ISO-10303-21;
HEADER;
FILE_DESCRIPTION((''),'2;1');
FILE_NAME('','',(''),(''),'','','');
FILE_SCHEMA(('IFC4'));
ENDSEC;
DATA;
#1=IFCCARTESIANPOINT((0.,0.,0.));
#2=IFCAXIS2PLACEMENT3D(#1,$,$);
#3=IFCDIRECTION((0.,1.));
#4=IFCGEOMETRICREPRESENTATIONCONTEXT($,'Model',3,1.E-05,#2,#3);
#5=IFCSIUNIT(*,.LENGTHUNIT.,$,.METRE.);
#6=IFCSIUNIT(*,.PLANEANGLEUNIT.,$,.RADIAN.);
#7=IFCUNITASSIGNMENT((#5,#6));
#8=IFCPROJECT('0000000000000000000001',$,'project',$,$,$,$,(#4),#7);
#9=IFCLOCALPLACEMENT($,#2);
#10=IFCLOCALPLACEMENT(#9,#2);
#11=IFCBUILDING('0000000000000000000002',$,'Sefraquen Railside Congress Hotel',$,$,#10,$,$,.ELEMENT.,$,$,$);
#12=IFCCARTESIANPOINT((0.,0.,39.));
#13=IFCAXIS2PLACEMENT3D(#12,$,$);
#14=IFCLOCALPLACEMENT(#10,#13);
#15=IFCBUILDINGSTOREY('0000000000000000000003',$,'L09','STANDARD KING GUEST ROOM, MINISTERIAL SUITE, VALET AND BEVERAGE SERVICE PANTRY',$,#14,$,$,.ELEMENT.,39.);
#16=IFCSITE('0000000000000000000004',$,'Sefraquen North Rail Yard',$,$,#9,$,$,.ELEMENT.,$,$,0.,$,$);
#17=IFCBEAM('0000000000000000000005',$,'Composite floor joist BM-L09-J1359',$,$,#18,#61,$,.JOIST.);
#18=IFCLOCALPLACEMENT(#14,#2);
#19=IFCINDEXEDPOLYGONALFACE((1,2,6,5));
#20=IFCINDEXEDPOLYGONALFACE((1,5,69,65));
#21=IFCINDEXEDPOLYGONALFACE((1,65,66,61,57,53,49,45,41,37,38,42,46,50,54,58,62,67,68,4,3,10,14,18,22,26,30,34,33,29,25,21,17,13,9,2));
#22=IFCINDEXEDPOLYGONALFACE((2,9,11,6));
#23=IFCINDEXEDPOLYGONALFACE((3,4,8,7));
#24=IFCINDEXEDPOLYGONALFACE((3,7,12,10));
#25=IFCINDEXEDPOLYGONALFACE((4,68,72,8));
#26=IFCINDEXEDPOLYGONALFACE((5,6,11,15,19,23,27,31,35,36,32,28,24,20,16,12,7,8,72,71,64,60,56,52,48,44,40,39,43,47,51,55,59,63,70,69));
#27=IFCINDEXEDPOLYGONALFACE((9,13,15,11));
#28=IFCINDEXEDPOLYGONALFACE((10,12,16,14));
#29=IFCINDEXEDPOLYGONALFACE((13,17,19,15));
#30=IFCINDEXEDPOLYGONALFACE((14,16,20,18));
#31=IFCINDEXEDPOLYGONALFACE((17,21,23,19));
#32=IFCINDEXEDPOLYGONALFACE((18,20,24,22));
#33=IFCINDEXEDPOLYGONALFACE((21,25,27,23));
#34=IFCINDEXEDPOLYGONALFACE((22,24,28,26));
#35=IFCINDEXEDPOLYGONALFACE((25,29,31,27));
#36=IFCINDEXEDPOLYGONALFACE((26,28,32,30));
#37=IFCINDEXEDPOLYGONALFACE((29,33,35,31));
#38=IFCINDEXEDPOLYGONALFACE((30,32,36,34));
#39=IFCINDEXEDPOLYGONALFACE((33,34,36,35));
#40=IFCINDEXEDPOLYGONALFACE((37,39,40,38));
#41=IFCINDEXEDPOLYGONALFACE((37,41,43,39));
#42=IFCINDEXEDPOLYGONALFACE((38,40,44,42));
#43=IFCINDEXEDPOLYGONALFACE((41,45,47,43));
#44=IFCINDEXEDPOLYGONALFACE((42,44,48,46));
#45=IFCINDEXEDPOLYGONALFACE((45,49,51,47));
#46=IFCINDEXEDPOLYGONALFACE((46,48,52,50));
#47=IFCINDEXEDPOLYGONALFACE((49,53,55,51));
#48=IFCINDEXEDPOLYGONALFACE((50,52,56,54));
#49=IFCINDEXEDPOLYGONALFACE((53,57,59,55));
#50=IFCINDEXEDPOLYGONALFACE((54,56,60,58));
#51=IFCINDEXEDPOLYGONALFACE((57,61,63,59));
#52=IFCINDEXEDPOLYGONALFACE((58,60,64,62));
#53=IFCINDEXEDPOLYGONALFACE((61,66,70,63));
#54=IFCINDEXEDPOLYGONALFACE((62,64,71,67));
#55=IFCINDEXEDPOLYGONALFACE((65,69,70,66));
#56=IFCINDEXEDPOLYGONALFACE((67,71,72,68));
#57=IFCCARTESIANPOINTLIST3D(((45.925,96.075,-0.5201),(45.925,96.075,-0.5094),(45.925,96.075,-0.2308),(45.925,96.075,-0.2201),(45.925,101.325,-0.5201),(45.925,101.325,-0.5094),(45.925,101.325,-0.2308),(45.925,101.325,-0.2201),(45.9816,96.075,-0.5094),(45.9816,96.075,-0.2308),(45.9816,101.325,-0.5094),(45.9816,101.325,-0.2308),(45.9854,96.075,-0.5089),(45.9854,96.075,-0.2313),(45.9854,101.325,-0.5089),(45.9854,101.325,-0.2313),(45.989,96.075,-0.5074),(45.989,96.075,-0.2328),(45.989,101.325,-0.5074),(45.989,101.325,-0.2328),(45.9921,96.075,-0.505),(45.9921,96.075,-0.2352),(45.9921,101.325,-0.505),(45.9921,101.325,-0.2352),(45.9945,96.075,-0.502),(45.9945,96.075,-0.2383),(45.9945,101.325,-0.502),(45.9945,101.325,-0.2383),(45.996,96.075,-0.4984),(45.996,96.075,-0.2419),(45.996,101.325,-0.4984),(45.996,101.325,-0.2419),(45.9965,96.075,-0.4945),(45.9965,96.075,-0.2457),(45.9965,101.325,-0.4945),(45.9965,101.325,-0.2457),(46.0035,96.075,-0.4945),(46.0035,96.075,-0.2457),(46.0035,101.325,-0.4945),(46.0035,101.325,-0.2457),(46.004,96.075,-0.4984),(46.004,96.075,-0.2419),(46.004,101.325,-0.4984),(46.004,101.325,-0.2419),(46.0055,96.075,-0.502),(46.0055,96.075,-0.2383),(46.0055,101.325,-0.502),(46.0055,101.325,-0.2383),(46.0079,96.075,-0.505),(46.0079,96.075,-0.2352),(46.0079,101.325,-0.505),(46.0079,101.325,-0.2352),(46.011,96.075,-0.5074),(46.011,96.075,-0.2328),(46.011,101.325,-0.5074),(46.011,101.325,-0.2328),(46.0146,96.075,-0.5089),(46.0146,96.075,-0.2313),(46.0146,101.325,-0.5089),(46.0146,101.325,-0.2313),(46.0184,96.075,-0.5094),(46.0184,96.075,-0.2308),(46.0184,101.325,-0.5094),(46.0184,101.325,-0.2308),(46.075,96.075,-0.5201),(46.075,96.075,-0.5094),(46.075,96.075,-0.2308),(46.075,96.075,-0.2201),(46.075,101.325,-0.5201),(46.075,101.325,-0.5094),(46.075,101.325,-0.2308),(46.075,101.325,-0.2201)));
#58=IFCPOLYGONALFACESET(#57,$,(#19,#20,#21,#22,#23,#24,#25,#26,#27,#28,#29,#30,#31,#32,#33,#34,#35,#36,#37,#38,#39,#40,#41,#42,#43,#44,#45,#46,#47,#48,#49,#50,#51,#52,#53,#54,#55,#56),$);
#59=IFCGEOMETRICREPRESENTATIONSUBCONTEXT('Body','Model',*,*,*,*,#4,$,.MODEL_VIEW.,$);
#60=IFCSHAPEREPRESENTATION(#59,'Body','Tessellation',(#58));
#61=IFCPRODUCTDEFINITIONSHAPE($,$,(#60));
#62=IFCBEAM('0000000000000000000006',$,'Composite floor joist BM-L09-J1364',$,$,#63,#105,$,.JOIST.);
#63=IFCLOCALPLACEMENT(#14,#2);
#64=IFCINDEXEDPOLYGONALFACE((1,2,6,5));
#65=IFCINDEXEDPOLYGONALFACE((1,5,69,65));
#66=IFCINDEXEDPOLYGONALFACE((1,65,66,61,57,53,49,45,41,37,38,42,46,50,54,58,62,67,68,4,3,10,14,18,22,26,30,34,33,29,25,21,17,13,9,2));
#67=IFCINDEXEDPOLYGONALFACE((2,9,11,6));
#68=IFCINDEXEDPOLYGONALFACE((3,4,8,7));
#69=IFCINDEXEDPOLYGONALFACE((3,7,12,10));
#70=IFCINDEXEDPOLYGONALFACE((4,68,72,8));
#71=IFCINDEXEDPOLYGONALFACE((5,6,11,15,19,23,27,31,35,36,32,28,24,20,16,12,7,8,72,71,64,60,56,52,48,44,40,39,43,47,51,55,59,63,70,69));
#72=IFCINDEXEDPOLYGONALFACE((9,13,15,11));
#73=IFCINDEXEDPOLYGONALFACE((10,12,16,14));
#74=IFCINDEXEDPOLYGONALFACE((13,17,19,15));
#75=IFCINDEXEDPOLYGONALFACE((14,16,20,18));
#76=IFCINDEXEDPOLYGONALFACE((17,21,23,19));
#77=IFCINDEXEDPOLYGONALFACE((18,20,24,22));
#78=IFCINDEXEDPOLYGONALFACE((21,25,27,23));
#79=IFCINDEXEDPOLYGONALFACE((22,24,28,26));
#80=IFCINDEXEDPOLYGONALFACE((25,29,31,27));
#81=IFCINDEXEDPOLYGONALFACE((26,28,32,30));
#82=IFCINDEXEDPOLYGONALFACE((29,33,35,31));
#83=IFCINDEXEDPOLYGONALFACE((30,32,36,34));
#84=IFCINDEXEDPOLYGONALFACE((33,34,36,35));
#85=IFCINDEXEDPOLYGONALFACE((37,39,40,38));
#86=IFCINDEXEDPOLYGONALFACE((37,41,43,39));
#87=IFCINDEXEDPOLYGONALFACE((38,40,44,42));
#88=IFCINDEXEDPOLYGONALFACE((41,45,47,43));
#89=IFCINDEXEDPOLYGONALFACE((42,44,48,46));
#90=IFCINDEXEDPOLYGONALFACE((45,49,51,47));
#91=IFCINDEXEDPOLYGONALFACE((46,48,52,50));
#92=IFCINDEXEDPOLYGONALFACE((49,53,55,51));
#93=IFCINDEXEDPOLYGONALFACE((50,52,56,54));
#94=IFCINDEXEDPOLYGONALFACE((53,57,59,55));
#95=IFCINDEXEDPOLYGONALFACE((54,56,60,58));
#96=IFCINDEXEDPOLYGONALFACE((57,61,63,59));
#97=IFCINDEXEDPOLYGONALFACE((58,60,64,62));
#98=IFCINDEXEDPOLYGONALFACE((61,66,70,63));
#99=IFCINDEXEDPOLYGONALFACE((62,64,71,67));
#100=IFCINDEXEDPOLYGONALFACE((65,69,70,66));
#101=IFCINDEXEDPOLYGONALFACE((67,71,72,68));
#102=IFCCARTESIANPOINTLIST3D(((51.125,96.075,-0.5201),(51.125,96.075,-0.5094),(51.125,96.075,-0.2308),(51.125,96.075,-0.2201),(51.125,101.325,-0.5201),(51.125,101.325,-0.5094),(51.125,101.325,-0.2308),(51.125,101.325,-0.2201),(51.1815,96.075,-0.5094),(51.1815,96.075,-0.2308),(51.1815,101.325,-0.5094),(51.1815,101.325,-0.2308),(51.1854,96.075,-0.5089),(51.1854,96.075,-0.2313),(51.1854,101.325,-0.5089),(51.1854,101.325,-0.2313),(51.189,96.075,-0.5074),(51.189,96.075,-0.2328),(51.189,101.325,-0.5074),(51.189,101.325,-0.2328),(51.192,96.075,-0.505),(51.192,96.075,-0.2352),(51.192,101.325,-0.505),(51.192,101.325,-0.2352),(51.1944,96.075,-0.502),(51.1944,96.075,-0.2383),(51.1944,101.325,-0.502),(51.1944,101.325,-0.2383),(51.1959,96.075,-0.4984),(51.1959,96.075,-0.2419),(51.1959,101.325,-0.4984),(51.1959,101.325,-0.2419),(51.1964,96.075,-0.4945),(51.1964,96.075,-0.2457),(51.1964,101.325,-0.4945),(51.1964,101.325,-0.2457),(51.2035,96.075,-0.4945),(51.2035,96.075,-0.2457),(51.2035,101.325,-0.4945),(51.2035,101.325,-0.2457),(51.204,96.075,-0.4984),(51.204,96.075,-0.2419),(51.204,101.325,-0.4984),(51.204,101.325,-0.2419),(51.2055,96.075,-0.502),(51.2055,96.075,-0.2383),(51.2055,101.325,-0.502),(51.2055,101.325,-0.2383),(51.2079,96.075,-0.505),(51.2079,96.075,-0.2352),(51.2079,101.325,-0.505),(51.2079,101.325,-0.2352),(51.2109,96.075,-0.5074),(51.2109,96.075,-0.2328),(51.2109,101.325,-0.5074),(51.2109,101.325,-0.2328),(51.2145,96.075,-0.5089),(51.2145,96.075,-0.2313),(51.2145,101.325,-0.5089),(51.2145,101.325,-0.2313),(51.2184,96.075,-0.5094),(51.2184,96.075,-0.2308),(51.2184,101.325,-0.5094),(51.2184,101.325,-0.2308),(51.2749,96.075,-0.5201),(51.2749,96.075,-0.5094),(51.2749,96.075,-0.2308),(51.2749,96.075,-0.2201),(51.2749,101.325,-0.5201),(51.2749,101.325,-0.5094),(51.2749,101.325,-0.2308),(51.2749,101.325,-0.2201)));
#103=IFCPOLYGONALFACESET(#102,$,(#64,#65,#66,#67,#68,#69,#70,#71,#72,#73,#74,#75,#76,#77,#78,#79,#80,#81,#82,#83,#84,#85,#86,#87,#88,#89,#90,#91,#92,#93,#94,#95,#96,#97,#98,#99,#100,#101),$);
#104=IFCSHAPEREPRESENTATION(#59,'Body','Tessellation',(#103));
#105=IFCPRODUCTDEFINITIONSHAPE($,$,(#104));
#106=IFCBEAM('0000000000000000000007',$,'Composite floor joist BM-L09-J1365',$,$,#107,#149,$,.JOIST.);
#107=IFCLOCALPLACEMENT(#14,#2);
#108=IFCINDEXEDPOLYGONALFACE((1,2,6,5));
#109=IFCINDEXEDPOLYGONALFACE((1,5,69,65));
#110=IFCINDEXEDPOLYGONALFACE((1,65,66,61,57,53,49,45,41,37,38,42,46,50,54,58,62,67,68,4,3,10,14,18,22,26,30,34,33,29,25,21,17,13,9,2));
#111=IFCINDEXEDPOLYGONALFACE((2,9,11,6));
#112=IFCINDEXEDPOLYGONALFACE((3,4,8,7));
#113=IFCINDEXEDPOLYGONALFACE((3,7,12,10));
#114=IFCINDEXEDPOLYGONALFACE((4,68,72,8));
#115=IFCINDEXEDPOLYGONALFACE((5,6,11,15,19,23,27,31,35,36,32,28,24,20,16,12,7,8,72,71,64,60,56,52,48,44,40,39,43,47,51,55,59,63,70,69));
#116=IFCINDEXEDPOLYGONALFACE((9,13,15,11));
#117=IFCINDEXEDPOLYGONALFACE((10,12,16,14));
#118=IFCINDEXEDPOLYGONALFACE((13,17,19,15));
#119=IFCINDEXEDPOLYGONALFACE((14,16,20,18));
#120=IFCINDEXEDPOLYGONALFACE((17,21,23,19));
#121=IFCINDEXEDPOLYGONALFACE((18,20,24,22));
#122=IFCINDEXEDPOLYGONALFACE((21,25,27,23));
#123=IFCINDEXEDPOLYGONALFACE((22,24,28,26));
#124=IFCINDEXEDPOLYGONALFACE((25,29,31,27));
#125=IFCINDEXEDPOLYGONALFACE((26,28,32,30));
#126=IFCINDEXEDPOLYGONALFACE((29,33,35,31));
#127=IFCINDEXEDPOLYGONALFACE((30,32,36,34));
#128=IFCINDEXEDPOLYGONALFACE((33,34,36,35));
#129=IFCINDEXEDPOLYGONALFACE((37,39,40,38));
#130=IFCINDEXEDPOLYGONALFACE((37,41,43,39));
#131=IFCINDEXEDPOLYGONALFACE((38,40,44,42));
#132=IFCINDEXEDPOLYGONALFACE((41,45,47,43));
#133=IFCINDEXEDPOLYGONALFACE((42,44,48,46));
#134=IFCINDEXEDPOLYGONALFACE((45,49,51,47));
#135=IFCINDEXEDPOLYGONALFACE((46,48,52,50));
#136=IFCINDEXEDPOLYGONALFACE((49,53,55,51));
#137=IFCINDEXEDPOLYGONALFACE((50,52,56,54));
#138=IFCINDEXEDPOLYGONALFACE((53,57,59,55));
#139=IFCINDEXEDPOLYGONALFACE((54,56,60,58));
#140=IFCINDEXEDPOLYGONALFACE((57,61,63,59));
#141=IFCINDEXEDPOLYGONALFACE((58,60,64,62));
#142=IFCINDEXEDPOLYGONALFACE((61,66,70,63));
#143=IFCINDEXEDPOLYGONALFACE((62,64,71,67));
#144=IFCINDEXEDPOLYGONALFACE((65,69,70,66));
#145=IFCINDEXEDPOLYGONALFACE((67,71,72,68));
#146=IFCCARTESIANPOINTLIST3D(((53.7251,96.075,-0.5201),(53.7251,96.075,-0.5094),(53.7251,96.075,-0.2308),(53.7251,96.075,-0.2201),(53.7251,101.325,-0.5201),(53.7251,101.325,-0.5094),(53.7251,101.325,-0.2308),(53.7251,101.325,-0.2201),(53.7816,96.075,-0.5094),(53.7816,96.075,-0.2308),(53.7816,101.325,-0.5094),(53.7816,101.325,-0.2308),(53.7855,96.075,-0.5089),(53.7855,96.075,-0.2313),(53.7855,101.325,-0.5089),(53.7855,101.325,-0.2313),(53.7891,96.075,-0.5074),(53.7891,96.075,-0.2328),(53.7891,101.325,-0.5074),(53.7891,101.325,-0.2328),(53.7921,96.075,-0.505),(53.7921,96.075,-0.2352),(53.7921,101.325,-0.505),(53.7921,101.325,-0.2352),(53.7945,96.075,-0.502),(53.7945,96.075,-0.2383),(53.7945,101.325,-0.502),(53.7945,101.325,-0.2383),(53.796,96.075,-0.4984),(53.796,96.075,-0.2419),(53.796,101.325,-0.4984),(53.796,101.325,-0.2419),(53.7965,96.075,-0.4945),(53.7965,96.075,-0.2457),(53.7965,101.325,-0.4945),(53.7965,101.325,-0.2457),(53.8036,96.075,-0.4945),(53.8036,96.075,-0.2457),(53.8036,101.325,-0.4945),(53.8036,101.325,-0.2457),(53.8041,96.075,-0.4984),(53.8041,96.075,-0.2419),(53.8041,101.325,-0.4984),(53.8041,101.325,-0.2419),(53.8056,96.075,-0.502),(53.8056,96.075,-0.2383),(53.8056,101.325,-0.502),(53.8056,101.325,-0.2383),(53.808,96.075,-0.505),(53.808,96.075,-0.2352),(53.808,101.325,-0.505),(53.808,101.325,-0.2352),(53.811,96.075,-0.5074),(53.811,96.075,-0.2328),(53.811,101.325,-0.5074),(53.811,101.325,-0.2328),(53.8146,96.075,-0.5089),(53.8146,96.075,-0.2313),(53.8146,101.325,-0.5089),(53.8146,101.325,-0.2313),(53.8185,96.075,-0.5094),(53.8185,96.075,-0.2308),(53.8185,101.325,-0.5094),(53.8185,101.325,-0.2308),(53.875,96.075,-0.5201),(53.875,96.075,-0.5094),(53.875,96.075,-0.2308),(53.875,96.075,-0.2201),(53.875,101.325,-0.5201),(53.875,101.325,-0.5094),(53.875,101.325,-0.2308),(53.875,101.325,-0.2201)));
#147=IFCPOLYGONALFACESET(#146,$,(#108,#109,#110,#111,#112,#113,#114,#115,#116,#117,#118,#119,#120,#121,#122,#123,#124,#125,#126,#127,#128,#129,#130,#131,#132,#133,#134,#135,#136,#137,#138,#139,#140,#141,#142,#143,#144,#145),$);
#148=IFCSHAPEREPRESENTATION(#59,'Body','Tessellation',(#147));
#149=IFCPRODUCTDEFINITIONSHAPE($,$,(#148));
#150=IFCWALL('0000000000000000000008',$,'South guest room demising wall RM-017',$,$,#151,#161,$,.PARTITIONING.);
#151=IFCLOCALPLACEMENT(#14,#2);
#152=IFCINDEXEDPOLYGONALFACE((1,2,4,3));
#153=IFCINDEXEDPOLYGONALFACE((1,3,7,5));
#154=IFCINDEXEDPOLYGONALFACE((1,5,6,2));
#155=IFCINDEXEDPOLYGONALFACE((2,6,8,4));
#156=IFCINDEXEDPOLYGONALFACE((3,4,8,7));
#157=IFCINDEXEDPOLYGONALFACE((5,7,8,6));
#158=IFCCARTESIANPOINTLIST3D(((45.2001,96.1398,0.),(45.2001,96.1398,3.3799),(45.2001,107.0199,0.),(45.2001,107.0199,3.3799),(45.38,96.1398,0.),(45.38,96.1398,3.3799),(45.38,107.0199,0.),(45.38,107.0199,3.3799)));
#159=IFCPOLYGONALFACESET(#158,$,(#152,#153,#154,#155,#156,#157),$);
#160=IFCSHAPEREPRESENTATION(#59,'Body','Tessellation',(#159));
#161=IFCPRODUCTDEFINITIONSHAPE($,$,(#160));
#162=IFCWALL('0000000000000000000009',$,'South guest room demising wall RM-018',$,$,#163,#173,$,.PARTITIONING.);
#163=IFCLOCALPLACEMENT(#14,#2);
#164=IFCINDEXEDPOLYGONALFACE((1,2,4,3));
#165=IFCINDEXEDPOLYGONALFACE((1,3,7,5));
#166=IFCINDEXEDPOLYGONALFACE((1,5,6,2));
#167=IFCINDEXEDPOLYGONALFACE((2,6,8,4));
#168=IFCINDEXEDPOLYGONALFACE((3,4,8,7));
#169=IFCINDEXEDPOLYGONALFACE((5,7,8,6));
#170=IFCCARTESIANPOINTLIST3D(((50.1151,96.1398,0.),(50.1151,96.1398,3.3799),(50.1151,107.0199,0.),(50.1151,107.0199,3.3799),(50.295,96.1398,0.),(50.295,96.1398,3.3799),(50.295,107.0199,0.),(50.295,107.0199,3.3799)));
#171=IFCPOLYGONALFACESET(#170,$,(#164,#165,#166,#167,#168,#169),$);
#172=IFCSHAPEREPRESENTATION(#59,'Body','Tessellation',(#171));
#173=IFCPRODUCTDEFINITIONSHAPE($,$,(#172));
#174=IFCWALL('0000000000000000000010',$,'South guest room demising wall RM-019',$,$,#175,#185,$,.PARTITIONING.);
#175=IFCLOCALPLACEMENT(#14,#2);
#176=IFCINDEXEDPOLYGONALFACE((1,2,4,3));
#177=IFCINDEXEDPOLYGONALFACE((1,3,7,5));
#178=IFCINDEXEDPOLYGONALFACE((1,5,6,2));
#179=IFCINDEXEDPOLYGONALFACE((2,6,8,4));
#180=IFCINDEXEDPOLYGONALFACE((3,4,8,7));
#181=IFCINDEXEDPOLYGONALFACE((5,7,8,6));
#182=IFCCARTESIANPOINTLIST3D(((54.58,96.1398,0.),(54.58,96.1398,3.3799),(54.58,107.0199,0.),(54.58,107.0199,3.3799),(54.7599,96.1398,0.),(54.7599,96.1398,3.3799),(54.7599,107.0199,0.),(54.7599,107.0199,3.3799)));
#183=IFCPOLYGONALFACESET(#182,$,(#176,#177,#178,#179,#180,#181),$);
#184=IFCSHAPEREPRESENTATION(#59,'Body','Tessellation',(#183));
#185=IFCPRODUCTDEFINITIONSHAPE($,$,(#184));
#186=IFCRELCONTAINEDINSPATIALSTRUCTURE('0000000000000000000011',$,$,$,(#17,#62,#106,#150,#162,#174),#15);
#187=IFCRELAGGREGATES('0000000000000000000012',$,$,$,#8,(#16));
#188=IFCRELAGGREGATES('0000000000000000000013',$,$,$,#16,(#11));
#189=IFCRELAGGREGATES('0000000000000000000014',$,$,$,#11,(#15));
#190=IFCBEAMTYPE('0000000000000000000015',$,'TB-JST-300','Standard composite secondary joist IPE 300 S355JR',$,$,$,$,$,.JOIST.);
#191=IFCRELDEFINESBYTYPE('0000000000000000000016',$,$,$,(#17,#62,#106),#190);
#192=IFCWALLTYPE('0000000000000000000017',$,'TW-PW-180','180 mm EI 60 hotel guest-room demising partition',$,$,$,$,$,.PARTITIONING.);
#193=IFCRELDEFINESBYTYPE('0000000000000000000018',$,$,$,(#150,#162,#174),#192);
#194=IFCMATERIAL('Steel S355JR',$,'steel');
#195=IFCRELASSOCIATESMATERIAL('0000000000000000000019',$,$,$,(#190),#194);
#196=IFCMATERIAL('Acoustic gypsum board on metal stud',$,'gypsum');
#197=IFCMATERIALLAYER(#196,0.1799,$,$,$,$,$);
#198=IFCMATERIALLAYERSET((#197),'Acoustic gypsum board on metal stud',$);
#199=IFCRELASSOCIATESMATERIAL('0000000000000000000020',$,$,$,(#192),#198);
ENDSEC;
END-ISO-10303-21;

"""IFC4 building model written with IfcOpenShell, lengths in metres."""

from ifc_helpers import new_model, si_unit, direction, frame, frame_2d, origin, origin_2d, place, context, subcontext, project, spatial, rectangle, i_section, extrude, material, layer, layer_set, material_profile, profile_set, type_object, element, save


model = new_model("IFC4")

# Units and contexts
model_context = context("Model", 3, precision=1e-05, world=origin(), true_north=direction((0.0, 1.0)))
body_context = subcontext(model_context, "Body", "Model", "MODEL_VIEW")
ifc_project = project(units=[si_unit("LENGTHUNIT", "METRE"), si_unit("PLANEANGLEUNIT", "RADIAN")], contexts=[model_context])

# Site, building, storey
site_placement = place(None, origin())
site = spatial("IfcSite", under=ifc_project, at=site_placement, Name="Sefraquen North Rail Yard", CompositionType="ELEMENT", RefElevation=0.0)
building_placement = place(site_placement, origin())
building = spatial("IfcBuilding", under=site, at=building_placement, Name="Sefraquen Railside Congress Hotel", CompositionType="ELEMENT")
storey_placement = place(building_placement, frame((0.0, 0.0, 39.0)))
storey = spatial("IfcBuildingStorey", under=building, at=storey_placement, Name="L09", Description="STANDARD KING GUEST ROOM, MINISTERIAL SUITE, VALET AND BEVERAGE SERVICE PANTRY", CompositionType="ELEMENT", Elevation=39.0)

# Shared definitions
ifc_material_1 = material(Name="Steel S355JR", Category="steel")

# Beams
ifc_material_profile_1 = material_profile(ifc_material_1, i_section(OverallWidth=0.1499, OverallDepth=0.3, WebThickness=0.0071, FlangeThickness=0.0107, FilletRadius=0.0149, at=origin_2d()), Name="IPE 300")
ifc_profile_set_1 = profile_set([ifc_material_profile_1], Name="Steel S355JR")
beam_type_1 = type_object("IfcBeamType", Name="TB-JST-300", Description="Standard composite secondary joist IPE 300 S355JR", PredefinedType="JOIST", material=ifc_profile_set_1)
for number, where, z_axis, x_axis, name in (
    (1, (46.0, 96.075, -0.3701), (0.0, 1.0, 0.0), (-1.0, 0.0, 0.0), "Composite floor joist BM-L09-J1359"),
    (2, (51.2, 96.075, -0.3701), (0.0, 1.0, 0.0), (-1.0, 0.0, 0.0), "Composite floor joist BM-L09-J1364"),
    (3, (53.8, 96.075, -0.3701), (0.0, 1.0, 0.0), (-1.0, 0.0, 0.0), "Composite floor joist BM-L09-J1365"),
):
    element("IfcBeam", number, at=place(storey_placement, frame(where, z_axis=z_axis, x_axis=x_axis)), inside=storey, type_object=beam_type_1, Name=name, PredefinedType="JOIST", context=body_context, shape_type="SweptSolid", body=[
        extrude(i_section(OverallWidth=0.1499, OverallDepth=0.3, WebThickness=0.0071, FlangeThickness=0.0107, FilletRadius=0.0149, at=origin_2d()), origin(), (0.0, 0.0, 1.0), 5.25),
    ])

# Walls
ifc_material_2 = material(Name="Acoustic gypsum board on metal stud", Category="gypsum")
ifc_layer = layer(ifc_material_2, 0.1799)
ifc_layer_set = layer_set([ifc_layer], Name="Acoustic gypsum board on metal stud")
wall_type = type_object("IfcWallType", Name="TW-PW-180", Description="180 mm EI 60 hotel guest-room demising partition", PredefinedType="PARTITIONING", material=ifc_layer_set)
for number, where, z_axis, x_axis, name in (
    (4, (45.29, 96.1399, 0.0), (0.0, 0.0, 1.0), (0.0, 1.0, 0.0), "South guest room demising wall RM-017"),
    (5, (50.2051, 96.1399, 0.0), (0.0, 0.0, 1.0), (0.0, 1.0, 0.0), "South guest room demising wall RM-018"),
    (6, (54.6699, 96.1399, 0.0), (0.0, 0.0, 1.0), (0.0, 1.0, 0.0), "South guest room demising wall RM-019"),
):
    element("IfcWall", number, at=place(storey_placement, frame(where, z_axis=z_axis, x_axis=x_axis)), inside=storey, type_object=wall_type, Name=name, PredefinedType="PARTITIONING", context=body_context, shape_type="SweptSolid", body=[
        extrude(rectangle(XDim=10.8801, YDim=0.1799, at=frame_2d((5.4399, 0.0))), origin(), (0.0, 0.0, 1.0), 3.3799),
    ])

save(model, "model.ifc")
